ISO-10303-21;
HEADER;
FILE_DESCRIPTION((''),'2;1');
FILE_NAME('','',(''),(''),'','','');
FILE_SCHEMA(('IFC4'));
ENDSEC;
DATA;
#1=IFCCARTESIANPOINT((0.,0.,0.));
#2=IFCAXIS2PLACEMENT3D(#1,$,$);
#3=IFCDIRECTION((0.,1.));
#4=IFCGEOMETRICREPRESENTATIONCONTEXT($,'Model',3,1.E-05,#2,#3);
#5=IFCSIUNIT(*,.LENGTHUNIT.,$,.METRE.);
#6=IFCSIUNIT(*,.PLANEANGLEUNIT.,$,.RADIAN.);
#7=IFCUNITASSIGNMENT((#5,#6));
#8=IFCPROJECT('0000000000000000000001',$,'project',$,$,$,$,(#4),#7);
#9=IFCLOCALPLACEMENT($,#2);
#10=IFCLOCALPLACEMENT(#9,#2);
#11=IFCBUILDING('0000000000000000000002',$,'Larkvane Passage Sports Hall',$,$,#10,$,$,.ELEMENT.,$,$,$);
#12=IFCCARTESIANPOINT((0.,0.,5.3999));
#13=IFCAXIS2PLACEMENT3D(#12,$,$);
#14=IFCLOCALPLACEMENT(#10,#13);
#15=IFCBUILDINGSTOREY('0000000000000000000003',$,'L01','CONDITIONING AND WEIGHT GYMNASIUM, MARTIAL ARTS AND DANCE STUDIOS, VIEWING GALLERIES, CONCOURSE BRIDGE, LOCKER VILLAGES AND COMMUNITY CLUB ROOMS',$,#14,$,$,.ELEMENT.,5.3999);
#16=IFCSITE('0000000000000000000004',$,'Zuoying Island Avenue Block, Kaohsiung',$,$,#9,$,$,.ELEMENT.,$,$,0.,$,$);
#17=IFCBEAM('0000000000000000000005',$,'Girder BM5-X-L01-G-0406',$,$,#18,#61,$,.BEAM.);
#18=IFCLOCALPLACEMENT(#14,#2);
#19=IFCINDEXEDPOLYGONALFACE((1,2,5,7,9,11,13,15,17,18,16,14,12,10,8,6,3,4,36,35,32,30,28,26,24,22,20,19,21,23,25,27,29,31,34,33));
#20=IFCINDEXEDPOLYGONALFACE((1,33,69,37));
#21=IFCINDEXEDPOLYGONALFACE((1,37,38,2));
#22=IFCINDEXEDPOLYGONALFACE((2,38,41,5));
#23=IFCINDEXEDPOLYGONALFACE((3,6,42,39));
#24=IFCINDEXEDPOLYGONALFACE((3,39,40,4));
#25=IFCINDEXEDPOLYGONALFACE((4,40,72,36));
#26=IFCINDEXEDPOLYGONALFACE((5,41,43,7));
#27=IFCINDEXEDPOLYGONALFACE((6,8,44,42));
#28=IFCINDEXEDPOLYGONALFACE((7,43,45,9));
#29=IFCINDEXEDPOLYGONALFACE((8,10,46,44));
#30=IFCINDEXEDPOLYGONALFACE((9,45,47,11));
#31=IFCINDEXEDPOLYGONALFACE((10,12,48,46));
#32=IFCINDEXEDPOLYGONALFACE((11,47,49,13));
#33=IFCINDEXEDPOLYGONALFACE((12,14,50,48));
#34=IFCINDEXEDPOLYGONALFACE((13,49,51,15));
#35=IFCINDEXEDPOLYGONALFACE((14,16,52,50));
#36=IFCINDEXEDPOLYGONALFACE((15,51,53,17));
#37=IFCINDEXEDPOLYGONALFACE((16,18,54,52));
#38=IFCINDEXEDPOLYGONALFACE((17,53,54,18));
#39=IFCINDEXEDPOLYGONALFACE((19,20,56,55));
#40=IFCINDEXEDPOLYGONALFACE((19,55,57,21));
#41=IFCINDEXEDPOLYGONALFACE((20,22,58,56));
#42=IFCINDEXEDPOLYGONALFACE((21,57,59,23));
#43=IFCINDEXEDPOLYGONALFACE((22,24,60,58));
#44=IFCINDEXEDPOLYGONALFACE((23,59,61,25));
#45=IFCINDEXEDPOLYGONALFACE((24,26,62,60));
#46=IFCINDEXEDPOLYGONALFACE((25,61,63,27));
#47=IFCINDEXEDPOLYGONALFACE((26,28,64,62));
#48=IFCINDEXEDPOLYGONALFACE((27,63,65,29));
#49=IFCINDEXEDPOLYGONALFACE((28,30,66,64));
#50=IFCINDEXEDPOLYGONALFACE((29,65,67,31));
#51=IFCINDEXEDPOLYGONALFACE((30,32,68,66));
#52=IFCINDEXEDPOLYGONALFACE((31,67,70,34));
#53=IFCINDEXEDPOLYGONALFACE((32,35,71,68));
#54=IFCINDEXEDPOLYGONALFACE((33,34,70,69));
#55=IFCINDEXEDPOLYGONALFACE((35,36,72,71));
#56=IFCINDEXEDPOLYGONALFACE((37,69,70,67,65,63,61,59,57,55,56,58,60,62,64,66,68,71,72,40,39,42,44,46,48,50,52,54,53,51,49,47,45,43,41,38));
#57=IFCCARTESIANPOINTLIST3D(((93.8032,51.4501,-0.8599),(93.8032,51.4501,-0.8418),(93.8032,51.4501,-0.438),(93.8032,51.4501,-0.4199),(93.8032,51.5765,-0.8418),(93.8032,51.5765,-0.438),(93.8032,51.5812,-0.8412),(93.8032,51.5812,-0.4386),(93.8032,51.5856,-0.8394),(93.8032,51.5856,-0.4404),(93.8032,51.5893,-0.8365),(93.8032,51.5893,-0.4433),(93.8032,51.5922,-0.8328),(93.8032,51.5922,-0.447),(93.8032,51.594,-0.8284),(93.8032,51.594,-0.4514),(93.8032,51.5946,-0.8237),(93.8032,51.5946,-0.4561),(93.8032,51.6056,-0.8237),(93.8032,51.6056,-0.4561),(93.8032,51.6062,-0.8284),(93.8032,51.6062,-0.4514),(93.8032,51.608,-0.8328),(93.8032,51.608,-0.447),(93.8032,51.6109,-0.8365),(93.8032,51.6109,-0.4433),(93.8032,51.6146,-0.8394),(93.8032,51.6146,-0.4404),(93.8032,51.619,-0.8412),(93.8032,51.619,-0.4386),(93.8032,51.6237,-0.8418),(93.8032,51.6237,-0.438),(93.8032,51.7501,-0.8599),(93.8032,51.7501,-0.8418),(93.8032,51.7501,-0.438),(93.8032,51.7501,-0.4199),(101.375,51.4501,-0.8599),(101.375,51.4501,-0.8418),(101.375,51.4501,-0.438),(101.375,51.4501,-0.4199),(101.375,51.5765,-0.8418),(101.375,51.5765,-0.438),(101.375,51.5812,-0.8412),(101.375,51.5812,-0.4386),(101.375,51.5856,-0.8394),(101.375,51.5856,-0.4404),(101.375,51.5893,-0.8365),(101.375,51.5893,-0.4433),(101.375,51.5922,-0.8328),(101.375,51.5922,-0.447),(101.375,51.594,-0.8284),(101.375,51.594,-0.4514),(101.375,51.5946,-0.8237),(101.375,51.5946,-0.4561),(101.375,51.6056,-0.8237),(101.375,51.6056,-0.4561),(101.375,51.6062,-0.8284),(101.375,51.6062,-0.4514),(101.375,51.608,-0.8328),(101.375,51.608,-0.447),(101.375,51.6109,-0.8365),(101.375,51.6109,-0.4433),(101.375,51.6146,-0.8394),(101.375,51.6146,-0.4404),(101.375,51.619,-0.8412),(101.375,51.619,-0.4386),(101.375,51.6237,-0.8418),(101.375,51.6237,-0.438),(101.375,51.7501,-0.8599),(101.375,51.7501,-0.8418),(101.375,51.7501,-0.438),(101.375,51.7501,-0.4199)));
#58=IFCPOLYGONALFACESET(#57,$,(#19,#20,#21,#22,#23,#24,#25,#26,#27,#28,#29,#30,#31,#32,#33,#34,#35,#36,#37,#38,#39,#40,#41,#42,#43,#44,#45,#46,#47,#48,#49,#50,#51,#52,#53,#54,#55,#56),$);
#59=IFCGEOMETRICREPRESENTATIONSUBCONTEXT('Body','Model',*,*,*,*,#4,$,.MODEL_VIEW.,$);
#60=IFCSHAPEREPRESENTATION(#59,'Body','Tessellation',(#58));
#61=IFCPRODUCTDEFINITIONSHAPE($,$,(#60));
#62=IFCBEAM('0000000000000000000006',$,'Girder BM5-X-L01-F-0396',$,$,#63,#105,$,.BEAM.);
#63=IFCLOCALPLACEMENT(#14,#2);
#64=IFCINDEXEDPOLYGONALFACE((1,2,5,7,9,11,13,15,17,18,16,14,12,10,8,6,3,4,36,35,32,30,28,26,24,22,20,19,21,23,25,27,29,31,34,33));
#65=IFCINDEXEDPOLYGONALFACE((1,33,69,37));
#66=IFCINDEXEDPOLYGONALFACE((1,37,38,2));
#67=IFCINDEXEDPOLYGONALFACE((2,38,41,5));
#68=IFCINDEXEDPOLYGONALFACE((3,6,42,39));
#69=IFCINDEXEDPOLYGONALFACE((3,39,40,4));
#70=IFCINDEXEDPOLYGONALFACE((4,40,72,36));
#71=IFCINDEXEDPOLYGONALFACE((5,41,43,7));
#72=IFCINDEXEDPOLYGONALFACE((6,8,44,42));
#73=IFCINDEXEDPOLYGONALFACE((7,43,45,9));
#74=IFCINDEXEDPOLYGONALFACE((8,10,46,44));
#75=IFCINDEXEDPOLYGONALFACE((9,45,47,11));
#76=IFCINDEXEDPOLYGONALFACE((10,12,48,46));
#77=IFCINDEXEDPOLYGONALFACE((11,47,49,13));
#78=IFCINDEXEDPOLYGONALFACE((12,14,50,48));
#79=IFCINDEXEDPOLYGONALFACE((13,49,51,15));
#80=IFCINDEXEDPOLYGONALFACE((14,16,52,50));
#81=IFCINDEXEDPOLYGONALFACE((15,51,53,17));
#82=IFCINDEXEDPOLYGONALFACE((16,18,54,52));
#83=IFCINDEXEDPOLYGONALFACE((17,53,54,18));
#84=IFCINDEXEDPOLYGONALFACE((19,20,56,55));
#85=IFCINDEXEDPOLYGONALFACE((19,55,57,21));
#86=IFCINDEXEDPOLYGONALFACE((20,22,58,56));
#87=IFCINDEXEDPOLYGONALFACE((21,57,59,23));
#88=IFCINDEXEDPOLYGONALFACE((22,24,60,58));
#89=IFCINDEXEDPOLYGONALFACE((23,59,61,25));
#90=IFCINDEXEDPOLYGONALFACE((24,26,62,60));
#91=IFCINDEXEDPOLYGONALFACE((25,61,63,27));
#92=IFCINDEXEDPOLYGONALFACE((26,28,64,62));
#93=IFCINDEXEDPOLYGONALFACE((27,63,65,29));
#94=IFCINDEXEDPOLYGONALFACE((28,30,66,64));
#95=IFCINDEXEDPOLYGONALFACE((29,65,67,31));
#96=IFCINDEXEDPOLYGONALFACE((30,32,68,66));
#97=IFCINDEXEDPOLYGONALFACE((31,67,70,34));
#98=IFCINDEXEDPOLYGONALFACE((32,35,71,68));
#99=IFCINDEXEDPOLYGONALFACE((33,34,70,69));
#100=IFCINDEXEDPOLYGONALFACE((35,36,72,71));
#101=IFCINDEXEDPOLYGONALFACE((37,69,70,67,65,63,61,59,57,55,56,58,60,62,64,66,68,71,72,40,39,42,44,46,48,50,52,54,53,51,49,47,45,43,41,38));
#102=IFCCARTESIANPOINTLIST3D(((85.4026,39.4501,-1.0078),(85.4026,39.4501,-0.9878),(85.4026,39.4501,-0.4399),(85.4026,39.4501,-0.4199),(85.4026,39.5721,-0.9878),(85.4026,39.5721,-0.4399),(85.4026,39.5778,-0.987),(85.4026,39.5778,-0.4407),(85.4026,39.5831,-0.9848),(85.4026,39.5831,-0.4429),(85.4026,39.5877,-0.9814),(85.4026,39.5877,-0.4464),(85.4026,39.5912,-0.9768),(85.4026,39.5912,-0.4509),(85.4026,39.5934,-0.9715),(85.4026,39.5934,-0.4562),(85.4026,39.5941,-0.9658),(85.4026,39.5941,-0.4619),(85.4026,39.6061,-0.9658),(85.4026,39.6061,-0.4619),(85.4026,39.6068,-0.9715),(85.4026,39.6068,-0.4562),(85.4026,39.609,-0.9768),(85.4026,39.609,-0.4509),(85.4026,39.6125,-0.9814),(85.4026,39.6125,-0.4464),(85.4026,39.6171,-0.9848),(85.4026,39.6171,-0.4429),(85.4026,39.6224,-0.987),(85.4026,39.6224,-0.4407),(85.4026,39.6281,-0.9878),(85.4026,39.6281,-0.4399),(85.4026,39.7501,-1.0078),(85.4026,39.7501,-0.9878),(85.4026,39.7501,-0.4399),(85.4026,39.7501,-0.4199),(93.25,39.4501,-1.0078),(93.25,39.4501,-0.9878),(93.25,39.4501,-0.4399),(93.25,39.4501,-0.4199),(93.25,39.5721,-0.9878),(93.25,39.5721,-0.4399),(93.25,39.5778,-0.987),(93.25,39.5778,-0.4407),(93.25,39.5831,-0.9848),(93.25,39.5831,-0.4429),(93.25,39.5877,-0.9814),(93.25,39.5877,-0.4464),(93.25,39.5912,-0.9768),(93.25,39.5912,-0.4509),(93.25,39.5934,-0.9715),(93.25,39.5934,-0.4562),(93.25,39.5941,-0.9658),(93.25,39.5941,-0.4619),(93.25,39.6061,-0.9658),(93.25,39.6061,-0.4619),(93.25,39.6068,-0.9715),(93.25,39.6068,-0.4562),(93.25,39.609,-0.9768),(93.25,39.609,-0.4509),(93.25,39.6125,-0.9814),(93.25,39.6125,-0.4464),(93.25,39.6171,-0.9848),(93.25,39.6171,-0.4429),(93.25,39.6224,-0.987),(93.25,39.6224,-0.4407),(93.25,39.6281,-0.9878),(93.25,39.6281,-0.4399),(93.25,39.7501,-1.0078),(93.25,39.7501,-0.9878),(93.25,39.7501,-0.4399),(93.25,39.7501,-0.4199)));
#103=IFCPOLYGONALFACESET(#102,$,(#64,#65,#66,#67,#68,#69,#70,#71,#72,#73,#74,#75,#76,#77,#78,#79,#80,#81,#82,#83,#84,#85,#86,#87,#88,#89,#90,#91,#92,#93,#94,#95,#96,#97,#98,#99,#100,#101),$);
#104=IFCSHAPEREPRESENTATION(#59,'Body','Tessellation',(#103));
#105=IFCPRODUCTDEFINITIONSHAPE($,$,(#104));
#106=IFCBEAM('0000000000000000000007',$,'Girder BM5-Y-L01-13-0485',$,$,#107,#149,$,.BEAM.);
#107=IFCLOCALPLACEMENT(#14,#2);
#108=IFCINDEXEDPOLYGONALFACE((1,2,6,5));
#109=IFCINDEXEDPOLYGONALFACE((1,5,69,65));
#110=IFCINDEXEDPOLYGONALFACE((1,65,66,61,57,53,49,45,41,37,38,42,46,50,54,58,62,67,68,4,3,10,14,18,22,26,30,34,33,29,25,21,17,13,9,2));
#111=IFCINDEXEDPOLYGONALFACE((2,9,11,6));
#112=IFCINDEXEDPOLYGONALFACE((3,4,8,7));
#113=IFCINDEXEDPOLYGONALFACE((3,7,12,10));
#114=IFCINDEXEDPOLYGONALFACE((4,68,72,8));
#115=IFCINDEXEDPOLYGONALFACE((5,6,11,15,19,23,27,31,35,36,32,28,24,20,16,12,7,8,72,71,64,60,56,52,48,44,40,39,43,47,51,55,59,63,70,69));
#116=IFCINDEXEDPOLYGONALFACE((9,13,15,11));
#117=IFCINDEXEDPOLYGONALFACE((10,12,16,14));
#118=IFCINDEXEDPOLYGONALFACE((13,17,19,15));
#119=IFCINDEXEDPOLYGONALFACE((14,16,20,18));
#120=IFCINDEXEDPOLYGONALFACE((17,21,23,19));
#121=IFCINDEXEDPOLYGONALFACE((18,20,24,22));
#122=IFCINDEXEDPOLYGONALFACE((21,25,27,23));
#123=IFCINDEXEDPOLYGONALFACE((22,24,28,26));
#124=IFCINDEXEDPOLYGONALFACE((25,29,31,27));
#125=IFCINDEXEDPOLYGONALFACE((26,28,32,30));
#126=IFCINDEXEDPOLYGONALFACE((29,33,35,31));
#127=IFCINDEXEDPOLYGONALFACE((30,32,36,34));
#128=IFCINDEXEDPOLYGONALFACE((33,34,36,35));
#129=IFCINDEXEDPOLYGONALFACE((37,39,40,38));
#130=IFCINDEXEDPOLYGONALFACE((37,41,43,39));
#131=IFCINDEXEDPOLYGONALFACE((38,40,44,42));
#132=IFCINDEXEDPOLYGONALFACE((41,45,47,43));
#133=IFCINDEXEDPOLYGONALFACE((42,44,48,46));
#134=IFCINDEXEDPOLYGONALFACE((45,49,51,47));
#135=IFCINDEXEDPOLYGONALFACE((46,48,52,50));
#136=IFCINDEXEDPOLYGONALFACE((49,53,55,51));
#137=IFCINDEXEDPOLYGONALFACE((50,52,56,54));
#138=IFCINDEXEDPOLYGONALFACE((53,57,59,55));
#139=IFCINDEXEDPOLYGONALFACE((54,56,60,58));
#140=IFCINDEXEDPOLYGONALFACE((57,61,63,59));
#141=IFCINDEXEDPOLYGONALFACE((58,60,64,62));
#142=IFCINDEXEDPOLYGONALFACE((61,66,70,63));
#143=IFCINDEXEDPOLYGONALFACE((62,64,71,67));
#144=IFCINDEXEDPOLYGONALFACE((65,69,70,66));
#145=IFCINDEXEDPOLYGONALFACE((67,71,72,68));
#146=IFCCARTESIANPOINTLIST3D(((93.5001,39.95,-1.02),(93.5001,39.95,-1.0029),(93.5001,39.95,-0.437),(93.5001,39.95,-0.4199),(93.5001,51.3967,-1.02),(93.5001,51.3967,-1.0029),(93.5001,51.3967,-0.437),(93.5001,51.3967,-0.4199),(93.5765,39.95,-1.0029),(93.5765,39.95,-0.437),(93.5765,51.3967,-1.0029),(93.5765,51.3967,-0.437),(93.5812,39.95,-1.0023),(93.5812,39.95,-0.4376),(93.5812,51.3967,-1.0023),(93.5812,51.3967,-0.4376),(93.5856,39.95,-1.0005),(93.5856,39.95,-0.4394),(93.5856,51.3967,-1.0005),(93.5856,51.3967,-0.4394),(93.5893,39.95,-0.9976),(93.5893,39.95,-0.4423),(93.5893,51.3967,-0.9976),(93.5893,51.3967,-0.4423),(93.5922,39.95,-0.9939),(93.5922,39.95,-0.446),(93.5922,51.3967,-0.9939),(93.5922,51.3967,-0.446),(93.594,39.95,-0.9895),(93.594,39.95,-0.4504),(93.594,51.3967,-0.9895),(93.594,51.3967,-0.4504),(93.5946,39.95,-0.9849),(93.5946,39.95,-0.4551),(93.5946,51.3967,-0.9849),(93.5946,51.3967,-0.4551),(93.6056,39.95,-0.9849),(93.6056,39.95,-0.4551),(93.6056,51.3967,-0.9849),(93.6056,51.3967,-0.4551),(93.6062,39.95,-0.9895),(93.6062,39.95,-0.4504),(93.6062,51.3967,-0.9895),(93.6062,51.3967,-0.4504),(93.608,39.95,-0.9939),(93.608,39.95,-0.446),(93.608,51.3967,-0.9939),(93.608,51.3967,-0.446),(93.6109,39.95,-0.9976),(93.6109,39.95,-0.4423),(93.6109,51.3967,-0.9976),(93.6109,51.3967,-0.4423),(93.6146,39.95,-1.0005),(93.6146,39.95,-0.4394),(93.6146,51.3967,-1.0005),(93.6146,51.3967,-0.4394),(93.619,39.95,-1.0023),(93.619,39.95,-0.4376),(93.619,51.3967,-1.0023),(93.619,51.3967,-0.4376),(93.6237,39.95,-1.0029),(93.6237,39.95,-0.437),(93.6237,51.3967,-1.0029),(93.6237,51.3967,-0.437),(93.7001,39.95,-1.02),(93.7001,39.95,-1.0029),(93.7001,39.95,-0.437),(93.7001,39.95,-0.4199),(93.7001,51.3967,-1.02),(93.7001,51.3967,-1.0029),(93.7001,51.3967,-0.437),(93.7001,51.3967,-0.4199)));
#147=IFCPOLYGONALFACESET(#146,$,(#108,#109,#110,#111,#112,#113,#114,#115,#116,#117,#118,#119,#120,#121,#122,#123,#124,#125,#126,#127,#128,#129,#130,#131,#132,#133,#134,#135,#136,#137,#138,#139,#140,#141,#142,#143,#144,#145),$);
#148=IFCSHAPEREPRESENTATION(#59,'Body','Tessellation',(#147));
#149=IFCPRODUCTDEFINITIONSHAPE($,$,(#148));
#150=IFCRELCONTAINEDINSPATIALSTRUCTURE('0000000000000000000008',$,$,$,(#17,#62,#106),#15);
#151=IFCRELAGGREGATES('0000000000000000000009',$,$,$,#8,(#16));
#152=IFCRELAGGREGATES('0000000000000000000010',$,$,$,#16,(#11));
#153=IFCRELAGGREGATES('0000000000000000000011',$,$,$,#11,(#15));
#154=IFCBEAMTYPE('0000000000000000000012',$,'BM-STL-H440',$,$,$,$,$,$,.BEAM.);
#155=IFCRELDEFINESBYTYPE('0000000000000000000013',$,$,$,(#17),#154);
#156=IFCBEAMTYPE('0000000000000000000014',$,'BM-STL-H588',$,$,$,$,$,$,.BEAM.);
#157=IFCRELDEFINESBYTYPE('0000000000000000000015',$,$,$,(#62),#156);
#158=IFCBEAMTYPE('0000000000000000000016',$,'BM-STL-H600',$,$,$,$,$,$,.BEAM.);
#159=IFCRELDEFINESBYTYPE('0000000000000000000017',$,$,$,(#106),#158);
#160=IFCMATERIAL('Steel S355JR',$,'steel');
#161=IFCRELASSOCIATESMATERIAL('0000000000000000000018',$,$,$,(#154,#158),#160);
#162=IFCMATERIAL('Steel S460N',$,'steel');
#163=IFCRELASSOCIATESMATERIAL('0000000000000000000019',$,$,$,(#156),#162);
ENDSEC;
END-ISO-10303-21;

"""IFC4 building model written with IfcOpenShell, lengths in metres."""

from ifc_helpers import new_model, si_unit, direction, frame, origin, origin_2d, place, context, subcontext, project, spatial, i_section, extrude, material, material_profile, profile_set, type_object, element, save


model = new_model("IFC4")

# Units and contexts
model_context = context("Model", 3, precision=1e-05, world=origin(), true_north=direction((0.0, 1.0)))
body_context = subcontext(model_context, "Body", "Model", "MODEL_VIEW")
ifc_project = project(units=[si_unit("LENGTHUNIT", "METRE"), si_unit("PLANEANGLEUNIT", "RADIAN")], contexts=[model_context])

# Site, building, storey
site_placement = place(None, origin())
site = spatial("IfcSite", under=ifc_project, at=site_placement, Name="Zuoying Island Avenue Block, Kaohsiung", CompositionType="ELEMENT", RefElevation=0.0)
building_placement = place(site_placement, origin())
building = spatial("IfcBuilding", under=site, at=building_placement, Name="Larkvane Passage Sports Hall", CompositionType="ELEMENT")
storey_placement = place(building_placement, frame((0.0, 0.0, 5.3999)))
storey = spatial("IfcBuildingStorey", under=building, at=storey_placement, Name="L01", Description="CONDITIONING AND WEIGHT GYMNASIUM, MARTIAL ARTS AND DANCE STUDIOS, VIEWING GALLERIES, CONCOURSE BRIDGE, LOCKER VILLAGES AND COMMUNITY CLUB ROOMS", CompositionType="ELEMENT", Elevation=5.3999)

# Shared definitions
ifc_material_1 = material(Name="Steel S460N", Category="steel")
ifc_material_2 = material(Name="Steel S355JR", Category="steel")

# Beams
ifc_material_profile_1 = material_profile(ifc_material_2, i_section(OverallWidth=0.3, OverallDepth=0.4399, WebThickness=0.011, FlangeThickness=0.0181, FilletRadius=0.0181, at=origin_2d()), Name="H-440x300x11x18")
ifc_profile_set_1 = profile_set([ifc_material_profile_1], Name="Steel S355JR")
beam_type_1 = type_object("IfcBeamType", Name="BM-STL-H440", PredefinedType="BEAM", material=ifc_profile_set_1)
beam_1_placement = place(storey_placement, frame((93.8032, 51.6001, -0.6399), z_axis=(1.0, 0.0, 0.0), x_axis=(0.0, 1.0, 0.0)))
element("IfcBeam", 1, at=beam_1_placement, inside=storey, type_object=beam_type_1, Name="Girder BM5-X-L01-G-0406", PredefinedType="BEAM", context=body_context, shape_type="SweptSolid", body=[
    extrude(i_section(OverallWidth=0.3, OverallDepth=0.4399, WebThickness=0.011, FlangeThickness=0.0181, FilletRadius=0.0181, at=origin_2d()), origin(), (0.0, 0.0, 1.0), 7.5718),
])
ifc_material_profile_2 = material_profile(ifc_material_1, i_section(OverallWidth=0.3, OverallDepth=0.5879, WebThickness=0.012, FlangeThickness=0.02, FilletRadius=0.022, at=origin_2d()), Name="H-588x300x12x20")
ifc_profile_set_2 = profile_set([ifc_material_profile_2], Name="Steel S460N")
beam_type_2 = type_object("IfcBeamType", Name="BM-STL-H588", PredefinedType="BEAM", material=ifc_profile_set_2)
beam_2_placement = place(storey_placement, frame((85.4026, 39.6001, -0.7139), z_axis=(1.0, 0.0, 0.0), x_axis=(0.0, 1.0, 0.0)))
element("IfcBeam", 2, at=beam_2_placement, inside=storey, type_object=beam_type_2, Name="Girder BM5-X-L01-F-0396", PredefinedType="BEAM", context=body_context, shape_type="SweptSolid", body=[
    extrude(i_section(OverallWidth=0.3, OverallDepth=0.5879, WebThickness=0.012, FlangeThickness=0.02, FilletRadius=0.022, at=origin_2d()), origin(), (0.0, 0.0, 1.0), 7.8474),
])
ifc_material_profile_3 = material_profile(ifc_material_2, i_section(OverallWidth=0.2, OverallDepth=0.6001, WebThickness=0.011, FlangeThickness=0.0171, FilletRadius=0.0181, at=origin_2d()), Name="H-600x200x11x17")
ifc_profile_set_3 = profile_set([ifc_material_profile_3], Name="Steel S355JR")
beam_type_3 = type_object("IfcBeamType", Name="BM-STL-H600", PredefinedType="BEAM", material=ifc_profile_set_3)
beam_3_placement = place(storey_placement, frame((93.6001, 39.95, -0.72), z_axis=(0.0, 1.0, 0.0), x_axis=(-1.0, 0.0, 0.0)))
element("IfcBeam", 3, at=beam_3_placement, inside=storey, type_object=beam_type_3, Name="Girder BM5-Y-L01-13-0485", PredefinedType="BEAM", context=body_context, shape_type="SweptSolid", body=[
    extrude(i_section(OverallWidth=0.2, OverallDepth=0.6001, WebThickness=0.011, FlangeThickness=0.0171, FilletRadius=0.0181, at=origin_2d()), origin(), (0.0, 0.0, 1.0), 11.4468),
])

save(model, "model.ifc")
